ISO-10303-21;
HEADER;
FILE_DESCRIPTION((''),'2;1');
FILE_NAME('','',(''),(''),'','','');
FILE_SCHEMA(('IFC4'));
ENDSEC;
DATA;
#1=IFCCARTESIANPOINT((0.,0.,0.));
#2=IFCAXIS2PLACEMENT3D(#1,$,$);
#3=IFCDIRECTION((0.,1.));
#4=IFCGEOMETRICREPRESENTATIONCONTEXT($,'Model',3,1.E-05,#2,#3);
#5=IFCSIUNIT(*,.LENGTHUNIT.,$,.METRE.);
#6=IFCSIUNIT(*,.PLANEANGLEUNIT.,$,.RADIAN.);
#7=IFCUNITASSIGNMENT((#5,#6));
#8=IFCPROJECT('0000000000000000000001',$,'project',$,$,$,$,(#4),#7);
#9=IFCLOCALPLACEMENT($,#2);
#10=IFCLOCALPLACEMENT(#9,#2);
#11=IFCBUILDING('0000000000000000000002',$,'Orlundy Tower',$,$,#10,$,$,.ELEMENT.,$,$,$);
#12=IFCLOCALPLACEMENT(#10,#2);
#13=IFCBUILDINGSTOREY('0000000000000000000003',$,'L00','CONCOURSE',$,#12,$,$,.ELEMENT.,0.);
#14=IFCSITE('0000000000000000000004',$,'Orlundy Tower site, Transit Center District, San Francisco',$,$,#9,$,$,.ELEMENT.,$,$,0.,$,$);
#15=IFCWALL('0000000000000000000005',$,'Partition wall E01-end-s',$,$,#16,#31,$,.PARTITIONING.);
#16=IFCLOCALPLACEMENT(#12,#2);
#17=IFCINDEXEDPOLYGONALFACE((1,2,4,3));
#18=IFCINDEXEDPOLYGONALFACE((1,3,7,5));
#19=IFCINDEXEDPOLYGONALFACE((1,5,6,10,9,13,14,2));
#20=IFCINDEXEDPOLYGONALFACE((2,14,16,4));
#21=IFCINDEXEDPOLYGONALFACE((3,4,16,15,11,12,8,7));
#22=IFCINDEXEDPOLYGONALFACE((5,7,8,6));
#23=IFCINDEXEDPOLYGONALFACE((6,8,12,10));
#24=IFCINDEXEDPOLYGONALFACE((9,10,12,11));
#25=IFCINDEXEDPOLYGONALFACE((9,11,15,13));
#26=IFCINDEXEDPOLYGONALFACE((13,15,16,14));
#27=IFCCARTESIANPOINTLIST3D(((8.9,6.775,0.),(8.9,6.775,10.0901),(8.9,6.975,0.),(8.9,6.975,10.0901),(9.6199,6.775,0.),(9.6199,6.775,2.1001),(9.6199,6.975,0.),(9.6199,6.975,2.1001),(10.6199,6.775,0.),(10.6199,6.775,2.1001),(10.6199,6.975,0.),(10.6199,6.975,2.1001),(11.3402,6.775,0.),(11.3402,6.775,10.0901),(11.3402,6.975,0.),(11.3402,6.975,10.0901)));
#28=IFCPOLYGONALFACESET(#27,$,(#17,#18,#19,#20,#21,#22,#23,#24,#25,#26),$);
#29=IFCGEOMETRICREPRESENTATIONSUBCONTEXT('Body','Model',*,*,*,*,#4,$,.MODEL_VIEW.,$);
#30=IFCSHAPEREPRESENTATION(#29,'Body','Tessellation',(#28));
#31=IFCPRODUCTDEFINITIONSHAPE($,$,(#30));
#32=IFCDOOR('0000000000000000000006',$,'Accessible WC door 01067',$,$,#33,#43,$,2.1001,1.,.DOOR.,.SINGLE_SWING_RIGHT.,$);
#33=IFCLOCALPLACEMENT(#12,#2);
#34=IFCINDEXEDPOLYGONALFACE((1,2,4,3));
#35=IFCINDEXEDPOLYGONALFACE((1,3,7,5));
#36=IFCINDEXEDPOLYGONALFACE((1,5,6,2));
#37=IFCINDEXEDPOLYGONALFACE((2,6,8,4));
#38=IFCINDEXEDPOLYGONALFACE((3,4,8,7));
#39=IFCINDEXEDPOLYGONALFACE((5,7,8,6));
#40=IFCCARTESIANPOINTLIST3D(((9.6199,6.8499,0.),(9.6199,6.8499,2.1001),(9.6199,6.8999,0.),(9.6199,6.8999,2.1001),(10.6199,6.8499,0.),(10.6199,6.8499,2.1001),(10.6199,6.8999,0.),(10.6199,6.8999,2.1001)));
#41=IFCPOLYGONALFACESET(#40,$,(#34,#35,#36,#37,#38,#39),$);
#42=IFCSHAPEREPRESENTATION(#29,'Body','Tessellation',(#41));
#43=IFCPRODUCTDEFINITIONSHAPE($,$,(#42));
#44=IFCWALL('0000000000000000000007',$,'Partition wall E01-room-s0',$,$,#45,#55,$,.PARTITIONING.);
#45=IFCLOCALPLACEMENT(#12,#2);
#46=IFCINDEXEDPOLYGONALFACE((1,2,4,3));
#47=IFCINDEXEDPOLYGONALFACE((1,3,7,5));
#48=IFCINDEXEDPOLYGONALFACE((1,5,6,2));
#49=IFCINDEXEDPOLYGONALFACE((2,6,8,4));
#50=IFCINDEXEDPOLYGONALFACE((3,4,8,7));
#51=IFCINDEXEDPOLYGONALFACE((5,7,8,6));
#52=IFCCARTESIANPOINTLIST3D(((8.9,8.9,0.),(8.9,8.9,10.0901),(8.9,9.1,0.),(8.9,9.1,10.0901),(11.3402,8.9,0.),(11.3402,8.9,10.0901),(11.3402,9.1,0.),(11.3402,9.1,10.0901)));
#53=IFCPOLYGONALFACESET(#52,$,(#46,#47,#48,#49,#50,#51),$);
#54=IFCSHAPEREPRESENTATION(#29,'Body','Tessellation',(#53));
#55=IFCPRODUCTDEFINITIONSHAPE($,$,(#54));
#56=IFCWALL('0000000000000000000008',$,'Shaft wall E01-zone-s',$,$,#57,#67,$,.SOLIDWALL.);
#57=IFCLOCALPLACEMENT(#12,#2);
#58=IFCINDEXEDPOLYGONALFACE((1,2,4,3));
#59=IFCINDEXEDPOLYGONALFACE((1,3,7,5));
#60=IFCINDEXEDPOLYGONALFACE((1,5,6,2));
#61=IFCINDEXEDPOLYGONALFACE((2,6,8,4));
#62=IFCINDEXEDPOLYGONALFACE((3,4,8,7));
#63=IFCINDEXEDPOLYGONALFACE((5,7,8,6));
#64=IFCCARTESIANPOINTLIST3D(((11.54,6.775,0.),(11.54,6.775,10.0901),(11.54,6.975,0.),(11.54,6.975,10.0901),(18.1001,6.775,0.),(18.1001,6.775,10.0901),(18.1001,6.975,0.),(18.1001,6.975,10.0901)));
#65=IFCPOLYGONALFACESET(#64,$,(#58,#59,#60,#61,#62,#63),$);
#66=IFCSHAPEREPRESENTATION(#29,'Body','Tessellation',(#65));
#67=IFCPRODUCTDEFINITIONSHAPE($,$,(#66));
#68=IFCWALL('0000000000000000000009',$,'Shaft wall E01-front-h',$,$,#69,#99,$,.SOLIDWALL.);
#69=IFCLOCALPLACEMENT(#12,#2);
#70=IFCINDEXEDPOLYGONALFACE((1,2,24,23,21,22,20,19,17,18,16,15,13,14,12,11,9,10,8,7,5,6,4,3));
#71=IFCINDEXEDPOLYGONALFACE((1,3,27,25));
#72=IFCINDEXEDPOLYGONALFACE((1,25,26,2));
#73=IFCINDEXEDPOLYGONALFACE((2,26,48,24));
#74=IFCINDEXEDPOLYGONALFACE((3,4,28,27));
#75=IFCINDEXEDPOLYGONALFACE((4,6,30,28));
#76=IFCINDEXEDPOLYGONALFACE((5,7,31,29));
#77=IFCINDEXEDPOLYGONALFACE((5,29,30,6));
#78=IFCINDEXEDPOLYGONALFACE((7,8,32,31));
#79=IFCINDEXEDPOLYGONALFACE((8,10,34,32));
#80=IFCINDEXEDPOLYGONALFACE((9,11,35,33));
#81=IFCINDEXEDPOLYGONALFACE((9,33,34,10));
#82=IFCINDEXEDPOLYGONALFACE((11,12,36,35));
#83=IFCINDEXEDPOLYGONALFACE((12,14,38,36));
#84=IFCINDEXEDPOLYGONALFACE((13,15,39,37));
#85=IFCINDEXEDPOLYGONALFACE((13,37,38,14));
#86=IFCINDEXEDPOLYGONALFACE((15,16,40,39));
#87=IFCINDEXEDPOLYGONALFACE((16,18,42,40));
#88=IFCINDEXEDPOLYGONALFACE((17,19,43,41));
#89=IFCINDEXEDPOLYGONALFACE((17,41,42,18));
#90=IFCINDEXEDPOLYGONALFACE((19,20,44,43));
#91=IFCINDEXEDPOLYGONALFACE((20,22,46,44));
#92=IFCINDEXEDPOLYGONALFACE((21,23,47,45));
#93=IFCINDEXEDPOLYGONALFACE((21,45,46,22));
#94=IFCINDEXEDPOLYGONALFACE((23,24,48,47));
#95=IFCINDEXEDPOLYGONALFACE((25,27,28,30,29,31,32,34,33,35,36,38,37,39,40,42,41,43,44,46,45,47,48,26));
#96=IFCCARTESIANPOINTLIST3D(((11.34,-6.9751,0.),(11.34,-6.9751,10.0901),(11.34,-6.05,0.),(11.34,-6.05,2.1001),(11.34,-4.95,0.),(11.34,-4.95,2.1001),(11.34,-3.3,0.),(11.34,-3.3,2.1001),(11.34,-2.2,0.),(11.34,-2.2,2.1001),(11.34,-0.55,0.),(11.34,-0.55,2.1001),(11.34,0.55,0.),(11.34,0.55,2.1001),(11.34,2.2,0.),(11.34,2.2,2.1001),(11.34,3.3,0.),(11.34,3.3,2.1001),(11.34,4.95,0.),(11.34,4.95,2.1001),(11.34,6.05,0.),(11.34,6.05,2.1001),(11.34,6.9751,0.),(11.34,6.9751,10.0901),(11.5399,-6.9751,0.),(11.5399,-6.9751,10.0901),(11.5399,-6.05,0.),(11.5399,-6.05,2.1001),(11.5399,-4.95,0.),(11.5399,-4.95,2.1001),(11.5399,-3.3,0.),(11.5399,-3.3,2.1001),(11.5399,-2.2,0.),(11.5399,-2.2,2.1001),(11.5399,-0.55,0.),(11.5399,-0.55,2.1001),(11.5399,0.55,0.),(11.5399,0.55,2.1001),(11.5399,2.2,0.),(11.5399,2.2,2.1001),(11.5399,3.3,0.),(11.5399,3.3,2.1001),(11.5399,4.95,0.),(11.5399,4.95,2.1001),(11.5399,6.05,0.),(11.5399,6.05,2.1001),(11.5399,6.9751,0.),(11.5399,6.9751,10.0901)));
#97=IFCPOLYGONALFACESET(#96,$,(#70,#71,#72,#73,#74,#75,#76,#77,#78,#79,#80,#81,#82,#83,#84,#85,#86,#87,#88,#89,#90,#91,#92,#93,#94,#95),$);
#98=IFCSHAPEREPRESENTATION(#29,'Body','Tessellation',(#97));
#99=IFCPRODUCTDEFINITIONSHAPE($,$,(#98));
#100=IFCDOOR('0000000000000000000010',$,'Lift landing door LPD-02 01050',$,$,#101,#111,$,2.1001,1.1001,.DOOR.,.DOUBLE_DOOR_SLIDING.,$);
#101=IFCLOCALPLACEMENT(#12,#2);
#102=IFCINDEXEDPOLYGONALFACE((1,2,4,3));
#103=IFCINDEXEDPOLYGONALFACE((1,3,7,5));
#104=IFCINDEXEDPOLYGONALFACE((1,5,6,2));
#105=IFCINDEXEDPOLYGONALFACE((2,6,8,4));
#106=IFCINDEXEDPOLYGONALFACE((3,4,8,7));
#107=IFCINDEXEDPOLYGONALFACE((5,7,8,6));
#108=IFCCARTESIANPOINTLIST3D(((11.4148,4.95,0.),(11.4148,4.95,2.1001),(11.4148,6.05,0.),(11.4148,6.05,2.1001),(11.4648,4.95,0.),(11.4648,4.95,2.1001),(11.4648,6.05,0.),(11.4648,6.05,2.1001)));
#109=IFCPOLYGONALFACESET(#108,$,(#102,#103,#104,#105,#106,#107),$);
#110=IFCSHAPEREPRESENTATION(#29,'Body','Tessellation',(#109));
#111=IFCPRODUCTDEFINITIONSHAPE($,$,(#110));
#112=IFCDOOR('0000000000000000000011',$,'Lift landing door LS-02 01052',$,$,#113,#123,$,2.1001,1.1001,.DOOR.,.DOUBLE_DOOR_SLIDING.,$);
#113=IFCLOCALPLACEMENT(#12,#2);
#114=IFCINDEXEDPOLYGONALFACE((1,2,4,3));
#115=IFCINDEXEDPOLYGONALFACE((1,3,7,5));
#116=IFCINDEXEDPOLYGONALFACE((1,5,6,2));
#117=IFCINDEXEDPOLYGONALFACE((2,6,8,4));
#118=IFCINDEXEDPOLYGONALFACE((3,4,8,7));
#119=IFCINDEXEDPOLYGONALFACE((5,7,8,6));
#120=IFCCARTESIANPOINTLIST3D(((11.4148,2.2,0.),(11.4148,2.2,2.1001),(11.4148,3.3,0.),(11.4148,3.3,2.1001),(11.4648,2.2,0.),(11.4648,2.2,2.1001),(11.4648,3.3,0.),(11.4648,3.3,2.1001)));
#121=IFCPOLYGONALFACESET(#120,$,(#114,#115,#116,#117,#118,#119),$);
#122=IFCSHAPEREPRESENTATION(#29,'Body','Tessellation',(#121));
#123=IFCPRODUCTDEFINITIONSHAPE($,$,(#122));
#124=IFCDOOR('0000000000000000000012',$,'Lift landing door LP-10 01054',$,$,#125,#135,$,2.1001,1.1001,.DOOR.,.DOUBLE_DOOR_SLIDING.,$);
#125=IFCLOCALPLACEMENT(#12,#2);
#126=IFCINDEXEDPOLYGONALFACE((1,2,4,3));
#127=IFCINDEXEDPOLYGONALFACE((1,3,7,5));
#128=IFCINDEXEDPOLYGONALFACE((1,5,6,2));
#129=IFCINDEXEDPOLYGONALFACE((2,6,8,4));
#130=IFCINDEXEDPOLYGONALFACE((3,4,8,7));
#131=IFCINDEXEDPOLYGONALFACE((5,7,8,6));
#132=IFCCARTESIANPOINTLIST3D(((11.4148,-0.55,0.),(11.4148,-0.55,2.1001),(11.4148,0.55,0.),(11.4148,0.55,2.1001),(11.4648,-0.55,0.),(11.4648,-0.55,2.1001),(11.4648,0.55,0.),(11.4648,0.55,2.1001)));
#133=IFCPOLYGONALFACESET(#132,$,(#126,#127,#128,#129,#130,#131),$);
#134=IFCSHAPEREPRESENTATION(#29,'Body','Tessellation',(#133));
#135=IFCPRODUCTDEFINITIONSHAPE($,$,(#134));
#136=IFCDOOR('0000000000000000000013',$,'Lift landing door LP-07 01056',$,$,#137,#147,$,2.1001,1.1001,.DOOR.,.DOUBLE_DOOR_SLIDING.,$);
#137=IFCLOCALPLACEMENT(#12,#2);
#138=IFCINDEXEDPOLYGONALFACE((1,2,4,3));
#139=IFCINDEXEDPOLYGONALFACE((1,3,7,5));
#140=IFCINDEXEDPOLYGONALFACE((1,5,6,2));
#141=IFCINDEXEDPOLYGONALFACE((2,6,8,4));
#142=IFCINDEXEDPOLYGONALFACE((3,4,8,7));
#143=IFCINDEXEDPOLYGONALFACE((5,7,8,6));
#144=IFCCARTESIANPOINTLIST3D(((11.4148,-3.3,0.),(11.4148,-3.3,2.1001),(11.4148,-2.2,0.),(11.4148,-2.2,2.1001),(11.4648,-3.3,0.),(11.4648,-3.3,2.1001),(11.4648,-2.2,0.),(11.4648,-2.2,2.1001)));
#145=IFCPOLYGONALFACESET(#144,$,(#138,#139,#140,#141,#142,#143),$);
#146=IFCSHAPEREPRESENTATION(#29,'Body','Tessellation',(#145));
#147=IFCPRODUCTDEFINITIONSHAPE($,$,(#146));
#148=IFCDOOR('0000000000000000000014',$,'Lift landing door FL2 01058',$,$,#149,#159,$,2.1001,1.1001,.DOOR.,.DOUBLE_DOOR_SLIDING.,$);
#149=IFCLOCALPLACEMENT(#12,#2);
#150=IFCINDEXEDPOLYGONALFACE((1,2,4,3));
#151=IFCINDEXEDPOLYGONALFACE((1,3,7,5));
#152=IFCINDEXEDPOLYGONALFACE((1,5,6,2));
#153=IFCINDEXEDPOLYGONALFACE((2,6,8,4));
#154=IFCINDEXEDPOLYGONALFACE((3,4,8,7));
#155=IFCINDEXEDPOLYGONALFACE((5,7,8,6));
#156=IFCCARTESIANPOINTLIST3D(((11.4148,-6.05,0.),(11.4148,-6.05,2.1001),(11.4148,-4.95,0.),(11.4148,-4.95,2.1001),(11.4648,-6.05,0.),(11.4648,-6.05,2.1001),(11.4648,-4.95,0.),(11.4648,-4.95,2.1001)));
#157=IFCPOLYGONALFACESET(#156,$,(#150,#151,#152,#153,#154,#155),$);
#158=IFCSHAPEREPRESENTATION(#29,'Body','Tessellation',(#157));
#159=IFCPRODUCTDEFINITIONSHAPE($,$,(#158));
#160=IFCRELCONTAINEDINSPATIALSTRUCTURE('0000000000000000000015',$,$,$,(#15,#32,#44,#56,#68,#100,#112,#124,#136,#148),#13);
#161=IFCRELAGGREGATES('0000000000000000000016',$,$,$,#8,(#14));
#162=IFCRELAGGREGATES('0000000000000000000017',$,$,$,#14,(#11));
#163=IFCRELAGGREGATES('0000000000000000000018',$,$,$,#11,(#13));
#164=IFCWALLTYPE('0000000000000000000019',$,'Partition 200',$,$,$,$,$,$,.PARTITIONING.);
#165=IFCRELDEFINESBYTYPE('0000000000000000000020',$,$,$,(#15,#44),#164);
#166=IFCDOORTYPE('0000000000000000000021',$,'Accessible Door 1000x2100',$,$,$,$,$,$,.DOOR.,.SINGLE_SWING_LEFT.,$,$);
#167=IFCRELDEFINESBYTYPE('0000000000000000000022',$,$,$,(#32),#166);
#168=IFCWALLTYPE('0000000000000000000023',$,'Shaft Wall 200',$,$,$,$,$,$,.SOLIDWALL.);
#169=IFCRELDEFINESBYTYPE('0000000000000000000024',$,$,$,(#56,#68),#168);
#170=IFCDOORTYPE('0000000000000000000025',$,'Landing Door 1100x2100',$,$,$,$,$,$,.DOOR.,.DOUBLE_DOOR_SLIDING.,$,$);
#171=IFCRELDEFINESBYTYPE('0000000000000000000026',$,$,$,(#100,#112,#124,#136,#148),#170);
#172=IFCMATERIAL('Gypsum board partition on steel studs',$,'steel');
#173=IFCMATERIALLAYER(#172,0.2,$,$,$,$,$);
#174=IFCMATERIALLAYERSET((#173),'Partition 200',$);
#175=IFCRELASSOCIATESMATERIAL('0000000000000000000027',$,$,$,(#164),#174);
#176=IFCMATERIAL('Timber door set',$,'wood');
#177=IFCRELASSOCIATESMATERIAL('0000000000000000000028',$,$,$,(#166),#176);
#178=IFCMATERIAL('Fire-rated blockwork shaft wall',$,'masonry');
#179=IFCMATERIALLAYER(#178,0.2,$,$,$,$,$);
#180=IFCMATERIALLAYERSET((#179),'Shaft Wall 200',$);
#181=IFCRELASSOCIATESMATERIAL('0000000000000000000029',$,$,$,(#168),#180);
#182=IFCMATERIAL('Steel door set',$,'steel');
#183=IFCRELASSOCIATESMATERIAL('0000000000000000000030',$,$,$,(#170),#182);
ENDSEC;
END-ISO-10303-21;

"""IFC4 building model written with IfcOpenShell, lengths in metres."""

from ifc_helpers import new_model, si_unit, direction, frame, frame_2d, origin, place, context, subcontext, project, spatial, rectangle, extrude, material, layer, layer_set, type_object, element, fill, save


model = new_model("IFC4")

# Units and contexts
model_context = context("Model", 3, precision=1e-05, world=origin(), true_north=direction((0.0, 1.0)))
body_context = subcontext(model_context, "Body", "Model", "MODEL_VIEW")
ifc_project = project(units=[si_unit("LENGTHUNIT", "METRE"), si_unit("PLANEANGLEUNIT", "RADIAN")], contexts=[model_context])

# Site, building, storey
site_placement = place(None, origin())
site = spatial("IfcSite", under=ifc_project, at=site_placement, Name="Orlundy Tower site, Transit Center District, San Francisco", CompositionType="ELEMENT", RefElevation=0.0)
building_placement = place(site_placement, origin())
building = spatial("IfcBuilding", under=site, at=building_placement, Name="Orlundy Tower", CompositionType="ELEMENT")
storey_placement = place(building_placement, origin())
storey = spatial("IfcBuildingStorey", under=building, at=storey_placement, Name="L00", Description="CONCOURSE", CompositionType="ELEMENT", Elevation=0.0)

# Wall, opening, door
ifc_material_1 = material(Name="Gypsum board partition on steel studs", Category="steel")
ifc_layer_1 = layer(ifc_material_1, 0.2)
ifc_layer_set_1 = layer_set([ifc_layer_1], Name="Partition 200")
wall_type_1 = type_object("IfcWallType", Name="Partition 200", PredefinedType="PARTITIONING", material=ifc_layer_set_1)
wall_1_placement = place(storey_placement, frame((8.8999, 6.875, 0.0), z_axis=(0.0, 0.0, 1.0), x_axis=(1.0, 0.0, 0.0)))
wall_1 = element("IfcWall", 1, at=wall_1_placement, inside=storey, type_object=wall_type_1, Name="Partition wall E01-end-s", PredefinedType="PARTITIONING", context=body_context, shape_type="SweptSolid", body=[
    extrude(rectangle(XDim=2.4402, YDim=0.2, at=frame_2d((1.2202, 0.0))), origin(), (0.0, 0.0, 1.0), 10.0901),
])
opening_1_placement = place(wall_1_placement, frame((0.72, 0.0, 0.0)))
opening_1 = element("IfcOpeningElement", 2, at=opening_1_placement, cuts=wall_1, PredefinedType="OPENING", context=body_context, shape_type="SweptSolid", body=[
    extrude(rectangle(XDim=1.0, YDim=2.1001, at=frame_2d((0.5, 1.05))), frame((0.0, 0.1101, 0.0), z_axis=(0.0, -1.0, 0.0), x_axis=(1.0, 0.0, 0.0)), (0.0, 0.0, 1.0), 0.2202),
])
ifc_material_2 = material(Name="Timber door set", Category="wood")
door_type_1 = type_object("IfcDoorType", Name="Accessible Door 1000x2100", OperationType="SINGLE_SWING_LEFT", PredefinedType="DOOR", material=ifc_material_2)
door_1_placement = place(opening_1_placement, origin())
door_1 = element("IfcDoor", 3, at=door_1_placement, inside=storey, type_object=door_type_1, Name="Accessible WC door 01067", OperationType="SINGLE_SWING_RIGHT", OverallHeight=2.1001, OverallWidth=1.0, PredefinedType="DOOR", context=body_context, shape_type="SweptSolid", body=[
    extrude(rectangle(XDim=1.0, YDim=2.1001, at=frame_2d((0.5, 1.05))), frame((0.0, 0.0249, 0.0), z_axis=(0.0, -1.0, 0.0), x_axis=(1.0, 0.0, 0.0)), (0.0, 0.0, 1.0), 0.05),
])
fill(opening_1, door_1)

# Walls
wall_2_placement = place(storey_placement, frame((8.8999, 9.0, 0.0), z_axis=(0.0, 0.0, 1.0), x_axis=(1.0, 0.0, 0.0)))
element("IfcWall", 4, at=wall_2_placement, inside=storey, type_object=wall_type_1, Name="Partition wall E01-room-s0", PredefinedType="PARTITIONING", context=body_context, shape_type="SweptSolid", body=[
    extrude(rectangle(XDim=2.4402, YDim=0.2, at=frame_2d((1.2202, 0.0))), origin(), (0.0, 0.0, 1.0), 10.0901),
])
ifc_material_3 = material(Name="Fire-rated blockwork shaft wall", Category="masonry")
ifc_layer_2 = layer(ifc_material_3, 0.2)
ifc_layer_set_2 = layer_set([ifc_layer_2], Name="Shaft Wall 200")
wall_type_2 = type_object("IfcWallType", Name="Shaft Wall 200", PredefinedType="SOLIDWALL", material=ifc_layer_set_2)
wall_3_placement = place(storey_placement, frame((11.54, 6.875, 0.0), z_axis=(0.0, 0.0, 1.0), x_axis=(1.0, 0.0, 0.0)))
element("IfcWall", 5, at=wall_3_placement, inside=storey, type_object=wall_type_2, Name="Shaft wall E01-zone-s", PredefinedType="SOLIDWALL", context=body_context, shape_type="SweptSolid", body=[
    extrude(rectangle(XDim=6.5601, YDim=0.2, at=frame_2d((3.28, 0.0))), origin(), (0.0, 0.0, 1.0), 10.0901),
])

# Wall, openings, doors
wall_4_placement = place(storey_placement, frame((11.4399, 6.9751, 0.0), z_axis=(0.0, 0.0, 1.0), x_axis=(0.0, -1.0, 0.0)))
wall_4 = element("IfcWall", 6, at=wall_4_placement, inside=storey, type_object=wall_type_2, Name="Shaft wall E01-front-h", PredefinedType="SOLIDWALL", context=body_context, shape_type="SweptSolid", body=[
    extrude(rectangle(XDim=13.9502, YDim=0.2, at=frame_2d((6.9751, 0.0))), origin(), (0.0, 0.0, 1.0), 10.0901),
])
opening_2_placement = place(wall_4_placement, frame((0.925, 0.0, 0.0)))
opening_2 = element("IfcOpeningElement", 7, at=opening_2_placement, cuts=wall_4, PredefinedType="OPENING", context=body_context, shape_type="SweptSolid", body=[
    extrude(rectangle(XDim=1.1001, YDim=2.1001, at=frame_2d((0.55, 1.05))), frame((0.0, 0.1101, 0.0), z_axis=(0.0, -1.0, 0.0), x_axis=(1.0, 0.0, 0.0)), (0.0, 0.0, 1.0), 0.2202),
])
opening_3_placement = place(wall_4_placement, frame((3.675, 0.0, 0.0)))
opening_3 = element("IfcOpeningElement", 8, at=opening_3_placement, cuts=wall_4, PredefinedType="OPENING", context=body_context, shape_type="SweptSolid", body=[
    extrude(rectangle(XDim=1.1001, YDim=2.1001, at=frame_2d((0.55, 1.05))), frame((0.0, 0.1101, 0.0), z_axis=(0.0, -1.0, 0.0), x_axis=(1.0, 0.0, 0.0)), (0.0, 0.0, 1.0), 0.2202),
])
opening_4_placement = place(wall_4_placement, frame((6.425, 0.0, 0.0)))
opening_4 = element("IfcOpeningElement", 9, at=opening_4_placement, cuts=wall_4, PredefinedType="OPENING", context=body_context, shape_type="SweptSolid", body=[
    extrude(rectangle(XDim=1.1001, YDim=2.1001, at=frame_2d((0.55, 1.05))), frame((0.0, 0.1101, 0.0), z_axis=(0.0, -1.0, 0.0), x_axis=(1.0, 0.0, 0.0)), (0.0, 0.0, 1.0), 0.2202),
])
opening_5_placement = place(wall_4_placement, frame((9.175, 0.0, 0.0)))
opening_5 = element("IfcOpeningElement", 10, at=opening_5_placement, cuts=wall_4, PredefinedType="OPENING", context=body_context, shape_type="SweptSolid", body=[
    extrude(rectangle(XDim=1.1001, YDim=2.1001, at=frame_2d((0.55, 1.05))), frame((0.0, 0.1101, 0.0), z_axis=(0.0, -1.0, 0.0), x_axis=(1.0, 0.0, 0.0)), (0.0, 0.0, 1.0), 0.2202),
])
opening_6_placement = place(wall_4_placement, frame((11.925, 0.0, 0.0)))
opening_6 = element("IfcOpeningElement", 11, at=opening_6_placement, cuts=wall_4, PredefinedType="OPENING", context=body_context, shape_type="SweptSolid", body=[
    extrude(rectangle(XDim=1.1001, YDim=2.1001, at=frame_2d((0.55, 1.05))), frame((0.0, 0.1101, 0.0), z_axis=(0.0, -1.0, 0.0), x_axis=(1.0, 0.0, 0.0)), (0.0, 0.0, 1.0), 0.2202),
])
ifc_material_4 = material(Name="Steel door set", Category="steel")
door_type_2 = type_object("IfcDoorType", Name="Landing Door 1100x2100", OperationType="DOUBLE_DOOR_SLIDING", PredefinedType="DOOR", material=ifc_material_4)
door_2_placement = place(opening_2_placement, origin())
door_2 = element("IfcDoor", 12, at=door_2_placement, inside=storey, type_object=door_type_2, Name="Lift landing door LPD-02 01050", OperationType="DOUBLE_DOOR_SLIDING", OverallHeight=2.1001, OverallWidth=1.1001, PredefinedType="DOOR", context=body_context, shape_type="SweptSolid", body=[
    extrude(rectangle(XDim=1.1001, YDim=2.1001, at=frame_2d((0.55, 1.05))), frame((0.0, 0.0249, 0.0), z_axis=(0.0, -1.0, 0.0), x_axis=(1.0, 0.0, 0.0)), (0.0, 0.0, 1.0), 0.05),
])
fill(opening_2, door_2)
door_3_placement = place(opening_3_placement, origin())
door_3 = element("IfcDoor", 13, at=door_3_placement, inside=storey, type_object=door_type_2, Name="Lift landing door LS-02 01052", OperationType="DOUBLE_DOOR_SLIDING", OverallHeight=2.1001, OverallWidth=1.1001, PredefinedType="DOOR", context=body_context, shape_type="SweptSolid", body=[
    extrude(rectangle(XDim=1.1001, YDim=2.1001, at=frame_2d((0.55, 1.05))), frame((0.0, 0.0249, 0.0), z_axis=(0.0, -1.0, 0.0), x_axis=(1.0, 0.0, 0.0)), (0.0, 0.0, 1.0), 0.05),
])
fill(opening_3, door_3)
door_4_placement = place(opening_4_placement, origin())
door_4 = element("IfcDoor", 14, at=door_4_placement, inside=storey, type_object=door_type_2, Name="Lift landing door LP-10 01054", OperationType="DOUBLE_DOOR_SLIDING", OverallHeight=2.1001, OverallWidth=1.1001, PredefinedType="DOOR", context=body_context, shape_type="SweptSolid", body=[
    extrude(rectangle(XDim=1.1001, YDim=2.1001, at=frame_2d((0.55, 1.05))), frame((0.0, 0.0249, 0.0), z_axis=(0.0, -1.0, 0.0), x_axis=(1.0, 0.0, 0.0)), (0.0, 0.0, 1.0), 0.05),
])
fill(opening_4, door_4)
door_5_placement = place(opening_5_placement, origin())
door_5 = element("IfcDoor", 15, at=door_5_placement, inside=storey, type_object=door_type_2, Name="Lift landing door LP-07 01056", OperationType="DOUBLE_DOOR_SLIDING", OverallHeight=2.1001, OverallWidth=1.1001, PredefinedType="DOOR", context=body_context, shape_type="SweptSolid", body=[
    extrude(rectangle(XDim=1.1001, YDim=2.1001, at=frame_2d((0.55, 1.05))), frame((0.0, 0.0249, 0.0), z_axis=(0.0, -1.0, 0.0), x_axis=(1.0, 0.0, 0.0)), (0.0, 0.0, 1.0), 0.05),
])
fill(opening_5, door_5)
door_6_placement = place(opening_6_placement, origin())
door_6 = element("IfcDoor", 16, at=door_6_placement, inside=storey, type_object=door_type_2, Name="Lift landing door FL2 01058", OperationType="DOUBLE_DOOR_SLIDING", OverallHeight=2.1001, OverallWidth=1.1001, PredefinedType="DOOR", context=body_context, shape_type="SweptSolid", body=[
    extrude(rectangle(XDim=1.1001, YDim=2.1001, at=frame_2d((0.55, 1.05))), frame((0.0, 0.0249, 0.0), z_axis=(0.0, -1.0, 0.0), x_axis=(1.0, 0.0, 0.0)), (0.0, 0.0, 1.0), 0.05),
])
fill(opening_6, door_6)

save(model, "model.ifc")
